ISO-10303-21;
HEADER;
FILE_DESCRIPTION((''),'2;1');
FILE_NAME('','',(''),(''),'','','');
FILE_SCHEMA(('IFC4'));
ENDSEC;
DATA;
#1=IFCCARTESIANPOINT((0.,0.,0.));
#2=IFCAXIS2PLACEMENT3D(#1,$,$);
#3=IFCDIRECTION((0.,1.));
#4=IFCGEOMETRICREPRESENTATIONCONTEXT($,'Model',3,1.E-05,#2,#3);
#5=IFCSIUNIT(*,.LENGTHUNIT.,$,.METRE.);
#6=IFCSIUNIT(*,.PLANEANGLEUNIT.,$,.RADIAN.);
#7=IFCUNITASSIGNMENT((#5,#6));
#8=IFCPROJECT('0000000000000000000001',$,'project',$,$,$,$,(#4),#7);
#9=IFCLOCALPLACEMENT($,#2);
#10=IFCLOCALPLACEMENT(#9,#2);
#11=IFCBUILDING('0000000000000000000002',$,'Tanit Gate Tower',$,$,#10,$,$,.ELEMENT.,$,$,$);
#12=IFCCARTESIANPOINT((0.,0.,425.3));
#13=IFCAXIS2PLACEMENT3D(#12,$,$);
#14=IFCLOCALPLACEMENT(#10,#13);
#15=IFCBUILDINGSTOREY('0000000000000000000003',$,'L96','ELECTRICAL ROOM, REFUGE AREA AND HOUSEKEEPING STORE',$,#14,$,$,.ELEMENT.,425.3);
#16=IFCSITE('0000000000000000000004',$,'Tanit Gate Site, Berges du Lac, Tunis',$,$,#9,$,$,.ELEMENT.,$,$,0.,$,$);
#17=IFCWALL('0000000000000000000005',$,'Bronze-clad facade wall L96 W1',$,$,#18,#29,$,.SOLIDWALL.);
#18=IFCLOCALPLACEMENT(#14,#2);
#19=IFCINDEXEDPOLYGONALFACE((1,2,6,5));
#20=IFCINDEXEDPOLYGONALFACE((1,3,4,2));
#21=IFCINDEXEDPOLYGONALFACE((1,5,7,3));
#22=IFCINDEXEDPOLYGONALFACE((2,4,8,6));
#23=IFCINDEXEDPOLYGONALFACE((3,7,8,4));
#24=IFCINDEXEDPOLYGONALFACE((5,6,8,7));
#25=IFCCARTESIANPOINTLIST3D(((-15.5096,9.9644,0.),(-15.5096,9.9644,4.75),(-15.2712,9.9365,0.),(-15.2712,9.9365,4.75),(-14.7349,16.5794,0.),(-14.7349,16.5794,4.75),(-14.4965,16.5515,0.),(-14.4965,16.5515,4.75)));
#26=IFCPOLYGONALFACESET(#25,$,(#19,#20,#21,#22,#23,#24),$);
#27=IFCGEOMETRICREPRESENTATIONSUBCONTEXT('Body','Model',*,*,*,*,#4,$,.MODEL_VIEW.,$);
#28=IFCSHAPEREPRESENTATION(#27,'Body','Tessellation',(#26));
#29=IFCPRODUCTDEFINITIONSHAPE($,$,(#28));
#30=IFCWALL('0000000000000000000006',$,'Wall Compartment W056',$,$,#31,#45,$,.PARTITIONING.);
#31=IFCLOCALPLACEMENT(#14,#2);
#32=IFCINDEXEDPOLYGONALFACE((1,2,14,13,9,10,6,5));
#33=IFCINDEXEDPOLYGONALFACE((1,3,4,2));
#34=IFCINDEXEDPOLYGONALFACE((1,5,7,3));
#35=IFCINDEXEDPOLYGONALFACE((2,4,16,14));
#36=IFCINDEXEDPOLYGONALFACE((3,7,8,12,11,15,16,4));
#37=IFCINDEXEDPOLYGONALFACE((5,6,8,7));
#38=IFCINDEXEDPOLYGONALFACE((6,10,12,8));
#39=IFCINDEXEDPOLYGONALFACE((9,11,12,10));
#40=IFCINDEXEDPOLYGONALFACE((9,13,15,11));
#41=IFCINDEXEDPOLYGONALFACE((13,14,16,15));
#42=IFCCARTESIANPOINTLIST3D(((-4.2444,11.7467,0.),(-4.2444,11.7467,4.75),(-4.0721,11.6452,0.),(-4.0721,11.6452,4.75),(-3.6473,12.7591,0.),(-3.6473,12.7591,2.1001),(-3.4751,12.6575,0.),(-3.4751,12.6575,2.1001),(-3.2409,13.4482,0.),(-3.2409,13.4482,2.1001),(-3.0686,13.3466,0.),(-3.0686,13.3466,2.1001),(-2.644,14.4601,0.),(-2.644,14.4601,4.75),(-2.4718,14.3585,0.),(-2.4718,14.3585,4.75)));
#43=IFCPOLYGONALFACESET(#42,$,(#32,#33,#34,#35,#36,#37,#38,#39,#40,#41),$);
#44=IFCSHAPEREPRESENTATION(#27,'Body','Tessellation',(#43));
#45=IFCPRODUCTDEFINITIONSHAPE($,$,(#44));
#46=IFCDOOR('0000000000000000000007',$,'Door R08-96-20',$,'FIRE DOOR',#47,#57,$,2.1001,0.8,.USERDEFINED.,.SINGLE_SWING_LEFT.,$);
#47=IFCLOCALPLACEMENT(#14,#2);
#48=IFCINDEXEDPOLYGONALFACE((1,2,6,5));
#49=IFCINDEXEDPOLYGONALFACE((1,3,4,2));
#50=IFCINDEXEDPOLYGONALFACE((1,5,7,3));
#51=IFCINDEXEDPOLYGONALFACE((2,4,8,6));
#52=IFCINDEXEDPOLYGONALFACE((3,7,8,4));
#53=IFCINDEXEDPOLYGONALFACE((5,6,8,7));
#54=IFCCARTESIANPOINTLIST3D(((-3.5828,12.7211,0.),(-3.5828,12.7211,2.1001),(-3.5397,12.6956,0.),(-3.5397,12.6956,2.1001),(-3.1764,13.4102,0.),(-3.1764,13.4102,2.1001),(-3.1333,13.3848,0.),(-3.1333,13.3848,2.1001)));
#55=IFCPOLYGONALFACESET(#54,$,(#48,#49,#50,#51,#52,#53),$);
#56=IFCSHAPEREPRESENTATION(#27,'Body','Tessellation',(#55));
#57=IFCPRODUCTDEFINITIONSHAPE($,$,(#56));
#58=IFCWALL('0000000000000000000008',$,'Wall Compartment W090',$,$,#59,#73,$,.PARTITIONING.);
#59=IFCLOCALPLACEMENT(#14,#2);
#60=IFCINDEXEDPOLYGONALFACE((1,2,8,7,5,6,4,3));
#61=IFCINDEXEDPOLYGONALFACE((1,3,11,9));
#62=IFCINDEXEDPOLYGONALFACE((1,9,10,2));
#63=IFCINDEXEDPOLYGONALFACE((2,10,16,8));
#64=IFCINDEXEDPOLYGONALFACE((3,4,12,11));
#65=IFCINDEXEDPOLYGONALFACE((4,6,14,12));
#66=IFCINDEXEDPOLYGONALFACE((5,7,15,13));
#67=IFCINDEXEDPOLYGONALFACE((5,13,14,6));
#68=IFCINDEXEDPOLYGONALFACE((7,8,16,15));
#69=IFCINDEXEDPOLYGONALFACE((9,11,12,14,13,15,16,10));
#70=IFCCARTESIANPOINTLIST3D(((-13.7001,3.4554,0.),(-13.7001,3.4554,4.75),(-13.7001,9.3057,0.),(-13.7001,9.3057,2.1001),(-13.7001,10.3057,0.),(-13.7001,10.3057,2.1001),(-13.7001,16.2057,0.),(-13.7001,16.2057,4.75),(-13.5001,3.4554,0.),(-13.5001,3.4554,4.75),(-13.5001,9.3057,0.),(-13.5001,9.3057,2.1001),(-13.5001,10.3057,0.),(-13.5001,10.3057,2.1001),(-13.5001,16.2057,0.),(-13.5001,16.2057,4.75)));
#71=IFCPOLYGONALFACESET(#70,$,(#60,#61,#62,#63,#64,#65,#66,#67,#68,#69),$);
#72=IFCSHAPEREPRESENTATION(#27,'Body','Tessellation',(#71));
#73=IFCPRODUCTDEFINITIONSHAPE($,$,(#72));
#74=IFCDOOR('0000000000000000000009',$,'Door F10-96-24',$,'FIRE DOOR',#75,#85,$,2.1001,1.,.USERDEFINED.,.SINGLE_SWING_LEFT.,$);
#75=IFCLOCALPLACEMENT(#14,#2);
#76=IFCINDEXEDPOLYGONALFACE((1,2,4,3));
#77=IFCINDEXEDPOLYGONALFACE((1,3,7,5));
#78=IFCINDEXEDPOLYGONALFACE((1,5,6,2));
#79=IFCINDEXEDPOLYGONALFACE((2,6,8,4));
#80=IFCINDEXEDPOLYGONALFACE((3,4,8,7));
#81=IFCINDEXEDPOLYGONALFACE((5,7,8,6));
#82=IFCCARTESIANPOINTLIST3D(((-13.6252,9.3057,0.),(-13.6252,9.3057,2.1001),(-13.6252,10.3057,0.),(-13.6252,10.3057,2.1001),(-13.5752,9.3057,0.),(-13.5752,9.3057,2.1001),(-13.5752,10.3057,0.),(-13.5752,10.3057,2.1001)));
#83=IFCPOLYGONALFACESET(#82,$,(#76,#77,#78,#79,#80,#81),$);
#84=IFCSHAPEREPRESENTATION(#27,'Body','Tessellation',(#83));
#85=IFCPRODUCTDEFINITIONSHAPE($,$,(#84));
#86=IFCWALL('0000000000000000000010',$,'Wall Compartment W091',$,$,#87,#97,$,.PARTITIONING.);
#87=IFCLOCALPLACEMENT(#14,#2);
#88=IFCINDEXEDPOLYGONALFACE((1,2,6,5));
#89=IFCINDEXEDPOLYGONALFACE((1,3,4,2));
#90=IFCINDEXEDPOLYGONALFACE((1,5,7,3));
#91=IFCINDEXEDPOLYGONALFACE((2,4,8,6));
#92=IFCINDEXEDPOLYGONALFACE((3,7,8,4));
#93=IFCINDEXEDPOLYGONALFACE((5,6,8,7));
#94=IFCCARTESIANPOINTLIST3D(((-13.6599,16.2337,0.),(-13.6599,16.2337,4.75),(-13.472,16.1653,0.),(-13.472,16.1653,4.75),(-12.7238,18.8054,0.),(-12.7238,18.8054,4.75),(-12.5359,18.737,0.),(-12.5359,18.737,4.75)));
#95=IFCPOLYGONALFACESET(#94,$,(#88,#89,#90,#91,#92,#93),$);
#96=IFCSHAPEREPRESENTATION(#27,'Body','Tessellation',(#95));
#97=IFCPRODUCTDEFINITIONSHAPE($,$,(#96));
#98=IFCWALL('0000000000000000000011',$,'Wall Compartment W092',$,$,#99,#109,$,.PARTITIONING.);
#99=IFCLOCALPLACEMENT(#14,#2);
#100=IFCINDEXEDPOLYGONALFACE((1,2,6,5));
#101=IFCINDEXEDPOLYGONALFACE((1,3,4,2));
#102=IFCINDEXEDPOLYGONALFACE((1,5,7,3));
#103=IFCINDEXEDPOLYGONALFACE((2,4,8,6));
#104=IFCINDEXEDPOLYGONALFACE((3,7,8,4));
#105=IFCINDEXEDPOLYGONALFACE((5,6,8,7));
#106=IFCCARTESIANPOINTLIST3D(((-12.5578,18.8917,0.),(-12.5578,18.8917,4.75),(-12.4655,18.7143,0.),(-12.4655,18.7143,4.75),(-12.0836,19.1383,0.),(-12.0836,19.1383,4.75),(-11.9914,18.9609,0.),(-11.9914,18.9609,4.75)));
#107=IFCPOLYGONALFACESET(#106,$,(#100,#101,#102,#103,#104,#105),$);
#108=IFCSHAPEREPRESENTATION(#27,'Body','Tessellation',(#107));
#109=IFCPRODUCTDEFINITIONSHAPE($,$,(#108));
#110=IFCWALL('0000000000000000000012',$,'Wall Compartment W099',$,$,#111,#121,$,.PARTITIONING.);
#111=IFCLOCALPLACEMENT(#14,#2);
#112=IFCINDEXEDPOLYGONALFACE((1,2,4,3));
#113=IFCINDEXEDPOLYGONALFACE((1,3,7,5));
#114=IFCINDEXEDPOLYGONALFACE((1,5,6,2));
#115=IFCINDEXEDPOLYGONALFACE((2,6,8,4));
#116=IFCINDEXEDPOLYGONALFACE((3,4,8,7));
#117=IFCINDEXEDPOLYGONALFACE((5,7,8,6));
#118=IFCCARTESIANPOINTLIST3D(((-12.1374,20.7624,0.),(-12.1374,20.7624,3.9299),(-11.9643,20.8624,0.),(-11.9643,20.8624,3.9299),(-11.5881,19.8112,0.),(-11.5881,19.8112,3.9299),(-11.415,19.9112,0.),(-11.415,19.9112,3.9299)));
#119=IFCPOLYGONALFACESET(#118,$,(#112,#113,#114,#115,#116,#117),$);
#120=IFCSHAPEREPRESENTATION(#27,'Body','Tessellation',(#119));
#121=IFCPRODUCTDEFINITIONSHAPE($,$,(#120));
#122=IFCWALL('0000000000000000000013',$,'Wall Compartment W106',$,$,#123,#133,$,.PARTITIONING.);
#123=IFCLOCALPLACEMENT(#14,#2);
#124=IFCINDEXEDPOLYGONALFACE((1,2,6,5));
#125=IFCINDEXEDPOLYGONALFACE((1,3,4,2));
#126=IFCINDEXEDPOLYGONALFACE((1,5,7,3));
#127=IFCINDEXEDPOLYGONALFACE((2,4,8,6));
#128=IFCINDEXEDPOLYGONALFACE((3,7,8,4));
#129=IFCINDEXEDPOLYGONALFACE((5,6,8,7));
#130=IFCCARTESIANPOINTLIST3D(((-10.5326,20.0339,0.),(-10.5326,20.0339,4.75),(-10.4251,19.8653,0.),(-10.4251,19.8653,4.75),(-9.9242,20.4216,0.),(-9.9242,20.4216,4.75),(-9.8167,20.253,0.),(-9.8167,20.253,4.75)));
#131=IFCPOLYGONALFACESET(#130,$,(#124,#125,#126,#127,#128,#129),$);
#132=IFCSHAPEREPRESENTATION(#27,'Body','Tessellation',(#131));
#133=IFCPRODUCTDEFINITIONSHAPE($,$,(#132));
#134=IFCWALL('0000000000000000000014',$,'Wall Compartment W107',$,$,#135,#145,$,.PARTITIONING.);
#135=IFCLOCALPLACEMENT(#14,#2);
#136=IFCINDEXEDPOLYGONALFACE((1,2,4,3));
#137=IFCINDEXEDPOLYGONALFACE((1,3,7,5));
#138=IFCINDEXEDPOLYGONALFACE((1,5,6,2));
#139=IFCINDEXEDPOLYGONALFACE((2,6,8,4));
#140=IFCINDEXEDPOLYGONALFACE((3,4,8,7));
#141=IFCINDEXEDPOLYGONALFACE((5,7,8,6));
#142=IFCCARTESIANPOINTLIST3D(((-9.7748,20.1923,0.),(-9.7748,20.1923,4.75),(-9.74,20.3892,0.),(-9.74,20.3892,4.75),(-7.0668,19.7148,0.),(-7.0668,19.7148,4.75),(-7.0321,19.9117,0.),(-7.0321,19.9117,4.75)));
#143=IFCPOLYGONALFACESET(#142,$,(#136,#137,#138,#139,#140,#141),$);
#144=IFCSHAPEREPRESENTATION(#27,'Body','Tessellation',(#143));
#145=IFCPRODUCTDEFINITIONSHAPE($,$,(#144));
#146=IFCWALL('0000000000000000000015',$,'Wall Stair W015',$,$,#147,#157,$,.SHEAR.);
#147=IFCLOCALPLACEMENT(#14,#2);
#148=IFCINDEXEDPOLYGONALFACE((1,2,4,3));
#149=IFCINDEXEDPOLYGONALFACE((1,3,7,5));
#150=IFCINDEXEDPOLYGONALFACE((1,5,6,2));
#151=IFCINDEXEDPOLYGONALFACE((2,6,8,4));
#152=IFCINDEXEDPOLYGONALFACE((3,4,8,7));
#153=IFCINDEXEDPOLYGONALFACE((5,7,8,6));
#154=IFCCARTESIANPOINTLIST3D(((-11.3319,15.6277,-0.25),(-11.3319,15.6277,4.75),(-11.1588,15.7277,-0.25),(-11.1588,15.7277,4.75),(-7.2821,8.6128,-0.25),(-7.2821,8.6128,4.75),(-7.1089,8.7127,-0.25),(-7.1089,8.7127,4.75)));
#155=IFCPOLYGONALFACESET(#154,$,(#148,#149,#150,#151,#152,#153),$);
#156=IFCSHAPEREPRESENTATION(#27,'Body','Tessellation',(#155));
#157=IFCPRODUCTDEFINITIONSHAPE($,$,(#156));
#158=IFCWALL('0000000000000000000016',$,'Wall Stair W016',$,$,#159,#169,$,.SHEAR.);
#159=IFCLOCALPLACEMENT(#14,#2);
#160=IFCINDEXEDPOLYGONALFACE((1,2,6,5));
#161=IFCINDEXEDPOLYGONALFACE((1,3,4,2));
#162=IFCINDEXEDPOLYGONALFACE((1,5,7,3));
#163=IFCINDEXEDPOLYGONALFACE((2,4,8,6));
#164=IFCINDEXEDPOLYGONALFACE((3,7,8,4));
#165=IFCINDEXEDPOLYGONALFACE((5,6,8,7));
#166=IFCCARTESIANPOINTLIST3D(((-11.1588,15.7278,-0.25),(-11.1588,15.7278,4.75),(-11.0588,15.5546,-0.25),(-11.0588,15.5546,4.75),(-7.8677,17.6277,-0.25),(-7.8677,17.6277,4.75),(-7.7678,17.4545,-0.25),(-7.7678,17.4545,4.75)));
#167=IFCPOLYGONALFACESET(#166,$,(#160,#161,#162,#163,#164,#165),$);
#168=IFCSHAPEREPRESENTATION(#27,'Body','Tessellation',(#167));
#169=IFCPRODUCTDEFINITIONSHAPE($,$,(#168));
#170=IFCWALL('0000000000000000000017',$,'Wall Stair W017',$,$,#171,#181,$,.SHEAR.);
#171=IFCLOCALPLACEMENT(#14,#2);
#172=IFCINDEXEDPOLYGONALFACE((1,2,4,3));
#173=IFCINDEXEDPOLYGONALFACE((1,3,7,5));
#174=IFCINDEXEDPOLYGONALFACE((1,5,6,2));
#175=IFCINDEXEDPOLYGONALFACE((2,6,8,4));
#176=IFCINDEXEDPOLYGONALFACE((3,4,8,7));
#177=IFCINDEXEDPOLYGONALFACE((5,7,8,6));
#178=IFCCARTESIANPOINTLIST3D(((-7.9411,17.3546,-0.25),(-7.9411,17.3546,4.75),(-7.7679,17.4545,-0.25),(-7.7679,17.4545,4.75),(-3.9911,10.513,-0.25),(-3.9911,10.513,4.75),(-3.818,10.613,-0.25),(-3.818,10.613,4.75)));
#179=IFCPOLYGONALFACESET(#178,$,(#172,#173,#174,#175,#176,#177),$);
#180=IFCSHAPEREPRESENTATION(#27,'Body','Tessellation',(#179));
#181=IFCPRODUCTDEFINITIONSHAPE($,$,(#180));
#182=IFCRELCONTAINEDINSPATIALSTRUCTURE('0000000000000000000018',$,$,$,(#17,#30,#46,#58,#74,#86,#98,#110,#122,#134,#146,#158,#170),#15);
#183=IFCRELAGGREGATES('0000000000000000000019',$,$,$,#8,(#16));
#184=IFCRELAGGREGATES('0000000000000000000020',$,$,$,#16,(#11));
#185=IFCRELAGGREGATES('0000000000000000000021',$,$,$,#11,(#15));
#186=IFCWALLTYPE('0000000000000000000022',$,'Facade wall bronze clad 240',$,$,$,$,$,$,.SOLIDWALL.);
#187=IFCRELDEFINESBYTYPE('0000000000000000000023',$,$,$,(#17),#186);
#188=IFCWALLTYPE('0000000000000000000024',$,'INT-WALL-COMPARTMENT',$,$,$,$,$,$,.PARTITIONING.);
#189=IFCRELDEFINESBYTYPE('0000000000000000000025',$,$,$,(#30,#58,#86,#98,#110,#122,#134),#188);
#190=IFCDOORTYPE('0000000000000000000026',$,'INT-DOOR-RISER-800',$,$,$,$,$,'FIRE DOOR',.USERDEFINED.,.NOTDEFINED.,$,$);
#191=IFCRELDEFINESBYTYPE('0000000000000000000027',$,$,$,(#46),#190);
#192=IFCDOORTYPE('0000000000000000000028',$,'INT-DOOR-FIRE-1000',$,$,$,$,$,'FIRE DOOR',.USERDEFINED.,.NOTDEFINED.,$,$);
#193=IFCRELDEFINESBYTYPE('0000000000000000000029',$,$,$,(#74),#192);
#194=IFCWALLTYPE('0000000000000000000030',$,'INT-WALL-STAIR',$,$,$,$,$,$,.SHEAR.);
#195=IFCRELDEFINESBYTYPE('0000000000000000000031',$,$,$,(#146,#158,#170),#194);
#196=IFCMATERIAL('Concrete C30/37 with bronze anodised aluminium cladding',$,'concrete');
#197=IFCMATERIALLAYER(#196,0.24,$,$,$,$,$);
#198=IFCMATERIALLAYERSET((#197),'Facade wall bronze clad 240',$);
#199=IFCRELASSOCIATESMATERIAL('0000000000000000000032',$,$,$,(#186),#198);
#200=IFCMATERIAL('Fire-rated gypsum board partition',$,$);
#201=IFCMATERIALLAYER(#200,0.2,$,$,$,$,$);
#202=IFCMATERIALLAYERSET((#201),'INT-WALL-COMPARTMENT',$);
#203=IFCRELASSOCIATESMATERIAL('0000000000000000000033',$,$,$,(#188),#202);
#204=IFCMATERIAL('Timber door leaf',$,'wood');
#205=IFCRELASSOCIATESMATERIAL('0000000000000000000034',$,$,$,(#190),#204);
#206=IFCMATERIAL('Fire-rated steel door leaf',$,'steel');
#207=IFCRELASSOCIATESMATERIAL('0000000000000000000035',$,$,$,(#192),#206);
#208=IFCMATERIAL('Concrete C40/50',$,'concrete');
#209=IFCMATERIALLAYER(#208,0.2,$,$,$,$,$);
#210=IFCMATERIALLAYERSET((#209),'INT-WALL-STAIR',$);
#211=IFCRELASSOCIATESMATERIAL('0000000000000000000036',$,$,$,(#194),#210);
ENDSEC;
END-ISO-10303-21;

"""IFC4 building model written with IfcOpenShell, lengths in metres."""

from ifc_helpers import new_model, si_unit, direction, frame, frame_2d, origin, place, context, subcontext, project, spatial, rectangle, extrude, material, layer, layer_set, type_object, element, fill, save


model = new_model("IFC4")

# Units and contexts
model_context = context("Model", 3, precision=1e-05, world=origin(), true_north=direction((0.0, 1.0)))
body_context = subcontext(model_context, "Body", "Model", "MODEL_VIEW")
ifc_project = project(units=[si_unit("LENGTHUNIT", "METRE"), si_unit("PLANEANGLEUNIT", "RADIAN")], contexts=[model_context])

# Site, building, storey
site_placement = place(None, origin())
site = spatial("IfcSite", under=ifc_project, at=site_placement, Name="Tanit Gate Site, Berges du Lac, Tunis", CompositionType="ELEMENT", RefElevation=0.0)
building_placement = place(site_placement, origin())
building = spatial("IfcBuilding", under=site, at=building_placement, Name="Tanit Gate Tower", CompositionType="ELEMENT")
storey_placement = place(building_placement, frame((0.0, 0.0, 425.3)))
storey = spatial("IfcBuildingStorey", under=building, at=storey_placement, Name="L96", Description="ELECTRICAL ROOM, REFUGE AREA AND HOUSEKEEPING STORE", CompositionType="ELEMENT", Elevation=425.3)

# Wall
ifc_material_1 = material(Name="Concrete C30/37 with bronze anodised aluminium cladding", Category="concrete")
ifc_layer_1 = layer(ifc_material_1, 0.24)
ifc_layer_set_1 = layer_set([ifc_layer_1], Name="Facade wall bronze clad 240")
wall_type_1 = type_object("IfcWallType", Name="Facade wall bronze clad 240", PredefinedType="SOLIDWALL", material=ifc_layer_set_1)
wall_1_placement = place(storey_placement, frame((-14.6157, 16.5654, 0.0), z_axis=(0.0, 0.0, 1.0), x_axis=(-0.116312, -0.993213, 0.0)))
element("IfcWall", 1, at=wall_1_placement, inside=storey, type_object=wall_type_1, Name="Bronze-clad facade wall L96 W1", PredefinedType="SOLIDWALL", context=body_context, shape_type="SweptSolid", body=[
    extrude(rectangle(XDim=6.6602, YDim=0.24, at=frame_2d((3.3301, 0.0))), origin(), (0.0, 0.0, 1.0), 4.75),
])

# Walls, openings, doors
ifc_material_2 = material(Name="Fire-rated gypsum board partition")
ifc_layer_2 = layer(ifc_material_2, 0.2)
ifc_layer_set_2 = layer_set([ifc_layer_2], Name="INT-WALL-COMPARTMENT")
wall_type_2 = type_object("IfcWallType", Name="INT-WALL-COMPARTMENT", PredefinedType="PARTITIONING", material=ifc_layer_set_2)
wall_2_placement = place(storey_placement, frame((-2.5579, 14.4094, 0.0), z_axis=(0.0, 0.0, 1.0), x_axis=(-0.508019, -0.861346, 0.0)))
wall_2 = element("IfcWall", 2, at=wall_2_placement, inside=storey, type_object=wall_type_2, Name="Wall Compartment W056", PredefinedType="PARTITIONING", context=body_context, shape_type="SweptSolid", body=[
    extrude(rectangle(XDim=3.1501, YDim=0.2, at=frame_2d((1.5752, 0.0))), origin(), (0.0, 0.0, 1.0), 4.75),
])
opening_1_placement = place(wall_2_placement, frame((1.175, 0.0, 0.0)))
opening_1 = element("IfcOpeningElement", 3, at=opening_1_placement, cuts=wall_2, PredefinedType="OPENING", context=body_context, shape_type="SweptSolid", body=[
    extrude(rectangle(XDim=0.8, YDim=2.1001, at=frame_2d((0.3999, 1.05))), frame((0.0, 0.1099, 0.0), z_axis=(0.0, -1.0, 0.0), x_axis=(1.0, 0.0, 0.0)), (0.0, 0.0, 1.0), 0.22),
])
ifc_material_3 = material(Name="Timber door leaf", Category="wood")
door_type_1 = type_object("IfcDoorType", Name="INT-DOOR-RISER-800", ElementType="FIRE DOOR", OperationType="NOTDEFINED", PredefinedType="USERDEFINED", material=ifc_material_3)
door_1_placement = place(opening_1_placement, origin())
door_1 = element("IfcDoor", 4, at=door_1_placement, inside=storey, type_object=door_type_1, Name="Door R08-96-20", ObjectType="FIRE DOOR", OperationType="SINGLE_SWING_LEFT", OverallHeight=2.1001, OverallWidth=0.8, PredefinedType="USERDEFINED", context=body_context, shape_type="SweptSolid", body=[
    extrude(rectangle(XDim=0.8, YDim=2.1001, at=frame_2d((0.3999, 1.05))), frame((0.0, 0.0249, 0.0), z_axis=(0.0, -1.0, 0.0), x_axis=(1.0, 0.0, 0.0)), (0.0, 0.0, 1.0), 0.05),
])
fill(opening_1, door_1)
wall_3_placement = place(storey_placement, frame((-13.6001, 16.2056, 0.0), z_axis=(0.0, 0.0, 1.0), x_axis=(0.0, -1.0, 0.0)))
wall_3 = element("IfcWall", 5, at=wall_3_placement, inside=storey, type_object=wall_type_2, Name="Wall Compartment W090", PredefinedType="PARTITIONING", context=body_context, shape_type="SweptSolid", body=[
    extrude(rectangle(XDim=12.7502, YDim=0.2, at=frame_2d((6.375, 0.0))), origin(), (0.0, 0.0, 1.0), 4.75),
])
opening_2_placement = place(wall_3_placement, frame((5.8999, 0.0, 0.0)))
opening_2 = element("IfcOpeningElement", 6, at=opening_2_placement, cuts=wall_3, PredefinedType="OPENING", context=body_context, shape_type="SweptSolid", body=[
    extrude(rectangle(XDim=1.0, YDim=2.1001, at=frame_2d((0.5, 1.05))), frame((0.0, 0.1099, 0.0), z_axis=(0.0, -1.0, 0.0), x_axis=(1.0, 0.0, 0.0)), (0.0, 0.0, 1.0), 0.22),
])
ifc_material_4 = material(Name="Fire-rated steel door leaf", Category="steel")
door_type_2 = type_object("IfcDoorType", Name="INT-DOOR-FIRE-1000", ElementType="FIRE DOOR", OperationType="NOTDEFINED", PredefinedType="USERDEFINED", material=ifc_material_4)
door_2_placement = place(opening_2_placement, origin())
door_2 = element("IfcDoor", 7, at=door_2_placement, inside=storey, type_object=door_type_2, Name="Door F10-96-24", ObjectType="FIRE DOOR", OperationType="SINGLE_SWING_LEFT", OverallHeight=2.1001, OverallWidth=1.0, PredefinedType="USERDEFINED", context=body_context, shape_type="SweptSolid", body=[
    extrude(rectangle(XDim=1.0, YDim=2.1001, at=frame_2d((0.5, 1.05))), frame((0.0, 0.0249, 0.0), z_axis=(0.0, -1.0, 0.0), x_axis=(1.0, 0.0, 0.0)), (0.0, 0.0, 1.0), 0.05),
])
fill(opening_2, door_2)

# Walls
wall_4_placement = place(storey_placement, frame((-12.6299, 18.7712, 0.0), z_axis=(0.0, 0.0, 1.0), x_axis=(-0.342015, -0.939694, 0.0)))
element("IfcWall", 8, at=wall_4_placement, inside=storey, type_object=wall_type_2, Name="Wall Compartment W091", PredefinedType="PARTITIONING", context=body_context, shape_type="SweptSolid", body=[
    extrude(rectangle(XDim=2.7368, YDim=0.2, at=frame_2d((1.3684, 0.0))), origin(), (0.0, 0.0, 1.0), 4.75),
])
wall_5_placement = place(storey_placement, frame((-12.0376, 19.0496, 0.0), z_axis=(0.0, 0.0, 1.0), x_axis=(-0.887187, -0.46141, 0.0)))
element("IfcWall", 9, at=wall_5_placement, inside=storey, type_object=wall_type_2, Name="Wall Compartment W092", PredefinedType="PARTITIONING", context=body_context, shape_type="SweptSolid", body=[
    extrude(rectangle(XDim=0.5344, YDim=0.2, at=frame_2d((0.2671, 0.0))), origin(), (0.0, 0.0, 1.0), 4.75),
])
wall_6_placement = place(storey_placement, frame((-11.5015, 19.8611, 0.0), z_axis=(0.0, 0.0, 1.0), x_axis=(-0.500107, 0.865963, 0.0)))
element("IfcWall", 10, at=wall_6_placement, inside=storey, type_object=wall_type_2, Name="Wall Compartment W099", PredefinedType="PARTITIONING", context=body_context, shape_type="SweptSolid", body=[
    extrude(rectangle(XDim=1.0984, YDim=0.2, at=frame_2d((0.5493, 0.0))), origin(), (0.0, 0.0, 1.0), 3.9299),
])
wall_7_placement = place(storey_placement, frame((-9.8704, 20.3374, 0.0), z_axis=(0.0, 0.0, 1.0), x_axis=(-0.843327, -0.537401, 0.0)))
element("IfcWall", 11, at=wall_7_placement, inside=storey, type_object=wall_type_2, Name="Wall Compartment W106", PredefinedType="PARTITIONING", context=body_context, shape_type="SweptSolid", body=[
    extrude(rectangle(XDim=0.7214, YDim=0.2, at=frame_2d((0.3608, 0.0))), origin(), (0.0, 0.0, 1.0), 4.75),
])
wall_8_placement = place(storey_placement, frame((-7.0493, 19.8132, 0.0), z_axis=(0.0, 0.0, 1.0), x_axis=(-0.984805, 0.173664, 0.0)))
element("IfcWall", 12, at=wall_8_placement, inside=storey, type_object=wall_type_2, Name="Wall Compartment W107", PredefinedType="PARTITIONING", context=body_context, shape_type="SweptSolid", body=[
    extrude(rectangle(XDim=2.7498, YDim=0.2, at=frame_2d((1.375, 0.0))), origin(), (0.0, 0.0, 1.0), 4.75),
])
ifc_material_5 = material(Name="Concrete C40/50", Category="concrete")
ifc_layer_3 = layer(ifc_material_5, 0.2)
ifc_layer_set_3 = layer_set([ifc_layer_3], Name="INT-WALL-STAIR")
wall_type_3 = type_object("IfcWallType", Name="INT-WALL-STAIR", PredefinedType="SHEAR", material=ifc_layer_set_3)
wall_9_placement = place(storey_placement, frame((-11.2454, 15.6777, -0.25), z_axis=(0.0, 0.0, 1.0), x_axis=(0.499977, -0.866039, 0.0)))
element("IfcWall", 13, at=wall_9_placement, inside=storey, type_object=wall_type_3, Name="Wall Stair W015", PredefinedType="SHEAR", context=body_context, shape_type="SweptSolid", body=[
    extrude(rectangle(XDim=8.1001, YDim=0.2, at=frame_2d((4.05, 0.0))), origin(), (0.0, 0.0, 1.0), 5.0),
])
wall_10_placement = place(storey_placement, frame((-7.8179, 17.541, -0.25), z_axis=(0.0, 0.0, 1.0), x_axis=(-0.866044, -0.499967, 0.0)))
element("IfcWall", 14, at=wall_10_placement, inside=storey, type_object=wall_type_3, Name="Wall Stair W016", PredefinedType="SHEAR", context=body_context, shape_type="SweptSolid", body=[
    extrude(rectangle(XDim=3.8, YDim=0.2, at=frame_2d((1.8999, 0.0))), origin(), (0.0, 0.0, 1.0), 5.0),
])
wall_11_placement = place(storey_placement, frame((-7.8545, 17.4045, -0.25), z_axis=(0.0, 0.0, 1.0), x_axis=(0.499998, -0.866027, 0.0)))
element("IfcWall", 15, at=wall_11_placement, inside=storey, type_object=wall_type_3, Name="Wall Stair W017", PredefinedType="SHEAR", context=body_context, shape_type="SweptSolid", body=[
    extrude(rectangle(XDim=7.8999, YDim=0.2, at=frame_2d((3.95, 0.0))), origin(), (0.0, 0.0, 1.0), 5.0),
])

save(model, "model.ifc")
